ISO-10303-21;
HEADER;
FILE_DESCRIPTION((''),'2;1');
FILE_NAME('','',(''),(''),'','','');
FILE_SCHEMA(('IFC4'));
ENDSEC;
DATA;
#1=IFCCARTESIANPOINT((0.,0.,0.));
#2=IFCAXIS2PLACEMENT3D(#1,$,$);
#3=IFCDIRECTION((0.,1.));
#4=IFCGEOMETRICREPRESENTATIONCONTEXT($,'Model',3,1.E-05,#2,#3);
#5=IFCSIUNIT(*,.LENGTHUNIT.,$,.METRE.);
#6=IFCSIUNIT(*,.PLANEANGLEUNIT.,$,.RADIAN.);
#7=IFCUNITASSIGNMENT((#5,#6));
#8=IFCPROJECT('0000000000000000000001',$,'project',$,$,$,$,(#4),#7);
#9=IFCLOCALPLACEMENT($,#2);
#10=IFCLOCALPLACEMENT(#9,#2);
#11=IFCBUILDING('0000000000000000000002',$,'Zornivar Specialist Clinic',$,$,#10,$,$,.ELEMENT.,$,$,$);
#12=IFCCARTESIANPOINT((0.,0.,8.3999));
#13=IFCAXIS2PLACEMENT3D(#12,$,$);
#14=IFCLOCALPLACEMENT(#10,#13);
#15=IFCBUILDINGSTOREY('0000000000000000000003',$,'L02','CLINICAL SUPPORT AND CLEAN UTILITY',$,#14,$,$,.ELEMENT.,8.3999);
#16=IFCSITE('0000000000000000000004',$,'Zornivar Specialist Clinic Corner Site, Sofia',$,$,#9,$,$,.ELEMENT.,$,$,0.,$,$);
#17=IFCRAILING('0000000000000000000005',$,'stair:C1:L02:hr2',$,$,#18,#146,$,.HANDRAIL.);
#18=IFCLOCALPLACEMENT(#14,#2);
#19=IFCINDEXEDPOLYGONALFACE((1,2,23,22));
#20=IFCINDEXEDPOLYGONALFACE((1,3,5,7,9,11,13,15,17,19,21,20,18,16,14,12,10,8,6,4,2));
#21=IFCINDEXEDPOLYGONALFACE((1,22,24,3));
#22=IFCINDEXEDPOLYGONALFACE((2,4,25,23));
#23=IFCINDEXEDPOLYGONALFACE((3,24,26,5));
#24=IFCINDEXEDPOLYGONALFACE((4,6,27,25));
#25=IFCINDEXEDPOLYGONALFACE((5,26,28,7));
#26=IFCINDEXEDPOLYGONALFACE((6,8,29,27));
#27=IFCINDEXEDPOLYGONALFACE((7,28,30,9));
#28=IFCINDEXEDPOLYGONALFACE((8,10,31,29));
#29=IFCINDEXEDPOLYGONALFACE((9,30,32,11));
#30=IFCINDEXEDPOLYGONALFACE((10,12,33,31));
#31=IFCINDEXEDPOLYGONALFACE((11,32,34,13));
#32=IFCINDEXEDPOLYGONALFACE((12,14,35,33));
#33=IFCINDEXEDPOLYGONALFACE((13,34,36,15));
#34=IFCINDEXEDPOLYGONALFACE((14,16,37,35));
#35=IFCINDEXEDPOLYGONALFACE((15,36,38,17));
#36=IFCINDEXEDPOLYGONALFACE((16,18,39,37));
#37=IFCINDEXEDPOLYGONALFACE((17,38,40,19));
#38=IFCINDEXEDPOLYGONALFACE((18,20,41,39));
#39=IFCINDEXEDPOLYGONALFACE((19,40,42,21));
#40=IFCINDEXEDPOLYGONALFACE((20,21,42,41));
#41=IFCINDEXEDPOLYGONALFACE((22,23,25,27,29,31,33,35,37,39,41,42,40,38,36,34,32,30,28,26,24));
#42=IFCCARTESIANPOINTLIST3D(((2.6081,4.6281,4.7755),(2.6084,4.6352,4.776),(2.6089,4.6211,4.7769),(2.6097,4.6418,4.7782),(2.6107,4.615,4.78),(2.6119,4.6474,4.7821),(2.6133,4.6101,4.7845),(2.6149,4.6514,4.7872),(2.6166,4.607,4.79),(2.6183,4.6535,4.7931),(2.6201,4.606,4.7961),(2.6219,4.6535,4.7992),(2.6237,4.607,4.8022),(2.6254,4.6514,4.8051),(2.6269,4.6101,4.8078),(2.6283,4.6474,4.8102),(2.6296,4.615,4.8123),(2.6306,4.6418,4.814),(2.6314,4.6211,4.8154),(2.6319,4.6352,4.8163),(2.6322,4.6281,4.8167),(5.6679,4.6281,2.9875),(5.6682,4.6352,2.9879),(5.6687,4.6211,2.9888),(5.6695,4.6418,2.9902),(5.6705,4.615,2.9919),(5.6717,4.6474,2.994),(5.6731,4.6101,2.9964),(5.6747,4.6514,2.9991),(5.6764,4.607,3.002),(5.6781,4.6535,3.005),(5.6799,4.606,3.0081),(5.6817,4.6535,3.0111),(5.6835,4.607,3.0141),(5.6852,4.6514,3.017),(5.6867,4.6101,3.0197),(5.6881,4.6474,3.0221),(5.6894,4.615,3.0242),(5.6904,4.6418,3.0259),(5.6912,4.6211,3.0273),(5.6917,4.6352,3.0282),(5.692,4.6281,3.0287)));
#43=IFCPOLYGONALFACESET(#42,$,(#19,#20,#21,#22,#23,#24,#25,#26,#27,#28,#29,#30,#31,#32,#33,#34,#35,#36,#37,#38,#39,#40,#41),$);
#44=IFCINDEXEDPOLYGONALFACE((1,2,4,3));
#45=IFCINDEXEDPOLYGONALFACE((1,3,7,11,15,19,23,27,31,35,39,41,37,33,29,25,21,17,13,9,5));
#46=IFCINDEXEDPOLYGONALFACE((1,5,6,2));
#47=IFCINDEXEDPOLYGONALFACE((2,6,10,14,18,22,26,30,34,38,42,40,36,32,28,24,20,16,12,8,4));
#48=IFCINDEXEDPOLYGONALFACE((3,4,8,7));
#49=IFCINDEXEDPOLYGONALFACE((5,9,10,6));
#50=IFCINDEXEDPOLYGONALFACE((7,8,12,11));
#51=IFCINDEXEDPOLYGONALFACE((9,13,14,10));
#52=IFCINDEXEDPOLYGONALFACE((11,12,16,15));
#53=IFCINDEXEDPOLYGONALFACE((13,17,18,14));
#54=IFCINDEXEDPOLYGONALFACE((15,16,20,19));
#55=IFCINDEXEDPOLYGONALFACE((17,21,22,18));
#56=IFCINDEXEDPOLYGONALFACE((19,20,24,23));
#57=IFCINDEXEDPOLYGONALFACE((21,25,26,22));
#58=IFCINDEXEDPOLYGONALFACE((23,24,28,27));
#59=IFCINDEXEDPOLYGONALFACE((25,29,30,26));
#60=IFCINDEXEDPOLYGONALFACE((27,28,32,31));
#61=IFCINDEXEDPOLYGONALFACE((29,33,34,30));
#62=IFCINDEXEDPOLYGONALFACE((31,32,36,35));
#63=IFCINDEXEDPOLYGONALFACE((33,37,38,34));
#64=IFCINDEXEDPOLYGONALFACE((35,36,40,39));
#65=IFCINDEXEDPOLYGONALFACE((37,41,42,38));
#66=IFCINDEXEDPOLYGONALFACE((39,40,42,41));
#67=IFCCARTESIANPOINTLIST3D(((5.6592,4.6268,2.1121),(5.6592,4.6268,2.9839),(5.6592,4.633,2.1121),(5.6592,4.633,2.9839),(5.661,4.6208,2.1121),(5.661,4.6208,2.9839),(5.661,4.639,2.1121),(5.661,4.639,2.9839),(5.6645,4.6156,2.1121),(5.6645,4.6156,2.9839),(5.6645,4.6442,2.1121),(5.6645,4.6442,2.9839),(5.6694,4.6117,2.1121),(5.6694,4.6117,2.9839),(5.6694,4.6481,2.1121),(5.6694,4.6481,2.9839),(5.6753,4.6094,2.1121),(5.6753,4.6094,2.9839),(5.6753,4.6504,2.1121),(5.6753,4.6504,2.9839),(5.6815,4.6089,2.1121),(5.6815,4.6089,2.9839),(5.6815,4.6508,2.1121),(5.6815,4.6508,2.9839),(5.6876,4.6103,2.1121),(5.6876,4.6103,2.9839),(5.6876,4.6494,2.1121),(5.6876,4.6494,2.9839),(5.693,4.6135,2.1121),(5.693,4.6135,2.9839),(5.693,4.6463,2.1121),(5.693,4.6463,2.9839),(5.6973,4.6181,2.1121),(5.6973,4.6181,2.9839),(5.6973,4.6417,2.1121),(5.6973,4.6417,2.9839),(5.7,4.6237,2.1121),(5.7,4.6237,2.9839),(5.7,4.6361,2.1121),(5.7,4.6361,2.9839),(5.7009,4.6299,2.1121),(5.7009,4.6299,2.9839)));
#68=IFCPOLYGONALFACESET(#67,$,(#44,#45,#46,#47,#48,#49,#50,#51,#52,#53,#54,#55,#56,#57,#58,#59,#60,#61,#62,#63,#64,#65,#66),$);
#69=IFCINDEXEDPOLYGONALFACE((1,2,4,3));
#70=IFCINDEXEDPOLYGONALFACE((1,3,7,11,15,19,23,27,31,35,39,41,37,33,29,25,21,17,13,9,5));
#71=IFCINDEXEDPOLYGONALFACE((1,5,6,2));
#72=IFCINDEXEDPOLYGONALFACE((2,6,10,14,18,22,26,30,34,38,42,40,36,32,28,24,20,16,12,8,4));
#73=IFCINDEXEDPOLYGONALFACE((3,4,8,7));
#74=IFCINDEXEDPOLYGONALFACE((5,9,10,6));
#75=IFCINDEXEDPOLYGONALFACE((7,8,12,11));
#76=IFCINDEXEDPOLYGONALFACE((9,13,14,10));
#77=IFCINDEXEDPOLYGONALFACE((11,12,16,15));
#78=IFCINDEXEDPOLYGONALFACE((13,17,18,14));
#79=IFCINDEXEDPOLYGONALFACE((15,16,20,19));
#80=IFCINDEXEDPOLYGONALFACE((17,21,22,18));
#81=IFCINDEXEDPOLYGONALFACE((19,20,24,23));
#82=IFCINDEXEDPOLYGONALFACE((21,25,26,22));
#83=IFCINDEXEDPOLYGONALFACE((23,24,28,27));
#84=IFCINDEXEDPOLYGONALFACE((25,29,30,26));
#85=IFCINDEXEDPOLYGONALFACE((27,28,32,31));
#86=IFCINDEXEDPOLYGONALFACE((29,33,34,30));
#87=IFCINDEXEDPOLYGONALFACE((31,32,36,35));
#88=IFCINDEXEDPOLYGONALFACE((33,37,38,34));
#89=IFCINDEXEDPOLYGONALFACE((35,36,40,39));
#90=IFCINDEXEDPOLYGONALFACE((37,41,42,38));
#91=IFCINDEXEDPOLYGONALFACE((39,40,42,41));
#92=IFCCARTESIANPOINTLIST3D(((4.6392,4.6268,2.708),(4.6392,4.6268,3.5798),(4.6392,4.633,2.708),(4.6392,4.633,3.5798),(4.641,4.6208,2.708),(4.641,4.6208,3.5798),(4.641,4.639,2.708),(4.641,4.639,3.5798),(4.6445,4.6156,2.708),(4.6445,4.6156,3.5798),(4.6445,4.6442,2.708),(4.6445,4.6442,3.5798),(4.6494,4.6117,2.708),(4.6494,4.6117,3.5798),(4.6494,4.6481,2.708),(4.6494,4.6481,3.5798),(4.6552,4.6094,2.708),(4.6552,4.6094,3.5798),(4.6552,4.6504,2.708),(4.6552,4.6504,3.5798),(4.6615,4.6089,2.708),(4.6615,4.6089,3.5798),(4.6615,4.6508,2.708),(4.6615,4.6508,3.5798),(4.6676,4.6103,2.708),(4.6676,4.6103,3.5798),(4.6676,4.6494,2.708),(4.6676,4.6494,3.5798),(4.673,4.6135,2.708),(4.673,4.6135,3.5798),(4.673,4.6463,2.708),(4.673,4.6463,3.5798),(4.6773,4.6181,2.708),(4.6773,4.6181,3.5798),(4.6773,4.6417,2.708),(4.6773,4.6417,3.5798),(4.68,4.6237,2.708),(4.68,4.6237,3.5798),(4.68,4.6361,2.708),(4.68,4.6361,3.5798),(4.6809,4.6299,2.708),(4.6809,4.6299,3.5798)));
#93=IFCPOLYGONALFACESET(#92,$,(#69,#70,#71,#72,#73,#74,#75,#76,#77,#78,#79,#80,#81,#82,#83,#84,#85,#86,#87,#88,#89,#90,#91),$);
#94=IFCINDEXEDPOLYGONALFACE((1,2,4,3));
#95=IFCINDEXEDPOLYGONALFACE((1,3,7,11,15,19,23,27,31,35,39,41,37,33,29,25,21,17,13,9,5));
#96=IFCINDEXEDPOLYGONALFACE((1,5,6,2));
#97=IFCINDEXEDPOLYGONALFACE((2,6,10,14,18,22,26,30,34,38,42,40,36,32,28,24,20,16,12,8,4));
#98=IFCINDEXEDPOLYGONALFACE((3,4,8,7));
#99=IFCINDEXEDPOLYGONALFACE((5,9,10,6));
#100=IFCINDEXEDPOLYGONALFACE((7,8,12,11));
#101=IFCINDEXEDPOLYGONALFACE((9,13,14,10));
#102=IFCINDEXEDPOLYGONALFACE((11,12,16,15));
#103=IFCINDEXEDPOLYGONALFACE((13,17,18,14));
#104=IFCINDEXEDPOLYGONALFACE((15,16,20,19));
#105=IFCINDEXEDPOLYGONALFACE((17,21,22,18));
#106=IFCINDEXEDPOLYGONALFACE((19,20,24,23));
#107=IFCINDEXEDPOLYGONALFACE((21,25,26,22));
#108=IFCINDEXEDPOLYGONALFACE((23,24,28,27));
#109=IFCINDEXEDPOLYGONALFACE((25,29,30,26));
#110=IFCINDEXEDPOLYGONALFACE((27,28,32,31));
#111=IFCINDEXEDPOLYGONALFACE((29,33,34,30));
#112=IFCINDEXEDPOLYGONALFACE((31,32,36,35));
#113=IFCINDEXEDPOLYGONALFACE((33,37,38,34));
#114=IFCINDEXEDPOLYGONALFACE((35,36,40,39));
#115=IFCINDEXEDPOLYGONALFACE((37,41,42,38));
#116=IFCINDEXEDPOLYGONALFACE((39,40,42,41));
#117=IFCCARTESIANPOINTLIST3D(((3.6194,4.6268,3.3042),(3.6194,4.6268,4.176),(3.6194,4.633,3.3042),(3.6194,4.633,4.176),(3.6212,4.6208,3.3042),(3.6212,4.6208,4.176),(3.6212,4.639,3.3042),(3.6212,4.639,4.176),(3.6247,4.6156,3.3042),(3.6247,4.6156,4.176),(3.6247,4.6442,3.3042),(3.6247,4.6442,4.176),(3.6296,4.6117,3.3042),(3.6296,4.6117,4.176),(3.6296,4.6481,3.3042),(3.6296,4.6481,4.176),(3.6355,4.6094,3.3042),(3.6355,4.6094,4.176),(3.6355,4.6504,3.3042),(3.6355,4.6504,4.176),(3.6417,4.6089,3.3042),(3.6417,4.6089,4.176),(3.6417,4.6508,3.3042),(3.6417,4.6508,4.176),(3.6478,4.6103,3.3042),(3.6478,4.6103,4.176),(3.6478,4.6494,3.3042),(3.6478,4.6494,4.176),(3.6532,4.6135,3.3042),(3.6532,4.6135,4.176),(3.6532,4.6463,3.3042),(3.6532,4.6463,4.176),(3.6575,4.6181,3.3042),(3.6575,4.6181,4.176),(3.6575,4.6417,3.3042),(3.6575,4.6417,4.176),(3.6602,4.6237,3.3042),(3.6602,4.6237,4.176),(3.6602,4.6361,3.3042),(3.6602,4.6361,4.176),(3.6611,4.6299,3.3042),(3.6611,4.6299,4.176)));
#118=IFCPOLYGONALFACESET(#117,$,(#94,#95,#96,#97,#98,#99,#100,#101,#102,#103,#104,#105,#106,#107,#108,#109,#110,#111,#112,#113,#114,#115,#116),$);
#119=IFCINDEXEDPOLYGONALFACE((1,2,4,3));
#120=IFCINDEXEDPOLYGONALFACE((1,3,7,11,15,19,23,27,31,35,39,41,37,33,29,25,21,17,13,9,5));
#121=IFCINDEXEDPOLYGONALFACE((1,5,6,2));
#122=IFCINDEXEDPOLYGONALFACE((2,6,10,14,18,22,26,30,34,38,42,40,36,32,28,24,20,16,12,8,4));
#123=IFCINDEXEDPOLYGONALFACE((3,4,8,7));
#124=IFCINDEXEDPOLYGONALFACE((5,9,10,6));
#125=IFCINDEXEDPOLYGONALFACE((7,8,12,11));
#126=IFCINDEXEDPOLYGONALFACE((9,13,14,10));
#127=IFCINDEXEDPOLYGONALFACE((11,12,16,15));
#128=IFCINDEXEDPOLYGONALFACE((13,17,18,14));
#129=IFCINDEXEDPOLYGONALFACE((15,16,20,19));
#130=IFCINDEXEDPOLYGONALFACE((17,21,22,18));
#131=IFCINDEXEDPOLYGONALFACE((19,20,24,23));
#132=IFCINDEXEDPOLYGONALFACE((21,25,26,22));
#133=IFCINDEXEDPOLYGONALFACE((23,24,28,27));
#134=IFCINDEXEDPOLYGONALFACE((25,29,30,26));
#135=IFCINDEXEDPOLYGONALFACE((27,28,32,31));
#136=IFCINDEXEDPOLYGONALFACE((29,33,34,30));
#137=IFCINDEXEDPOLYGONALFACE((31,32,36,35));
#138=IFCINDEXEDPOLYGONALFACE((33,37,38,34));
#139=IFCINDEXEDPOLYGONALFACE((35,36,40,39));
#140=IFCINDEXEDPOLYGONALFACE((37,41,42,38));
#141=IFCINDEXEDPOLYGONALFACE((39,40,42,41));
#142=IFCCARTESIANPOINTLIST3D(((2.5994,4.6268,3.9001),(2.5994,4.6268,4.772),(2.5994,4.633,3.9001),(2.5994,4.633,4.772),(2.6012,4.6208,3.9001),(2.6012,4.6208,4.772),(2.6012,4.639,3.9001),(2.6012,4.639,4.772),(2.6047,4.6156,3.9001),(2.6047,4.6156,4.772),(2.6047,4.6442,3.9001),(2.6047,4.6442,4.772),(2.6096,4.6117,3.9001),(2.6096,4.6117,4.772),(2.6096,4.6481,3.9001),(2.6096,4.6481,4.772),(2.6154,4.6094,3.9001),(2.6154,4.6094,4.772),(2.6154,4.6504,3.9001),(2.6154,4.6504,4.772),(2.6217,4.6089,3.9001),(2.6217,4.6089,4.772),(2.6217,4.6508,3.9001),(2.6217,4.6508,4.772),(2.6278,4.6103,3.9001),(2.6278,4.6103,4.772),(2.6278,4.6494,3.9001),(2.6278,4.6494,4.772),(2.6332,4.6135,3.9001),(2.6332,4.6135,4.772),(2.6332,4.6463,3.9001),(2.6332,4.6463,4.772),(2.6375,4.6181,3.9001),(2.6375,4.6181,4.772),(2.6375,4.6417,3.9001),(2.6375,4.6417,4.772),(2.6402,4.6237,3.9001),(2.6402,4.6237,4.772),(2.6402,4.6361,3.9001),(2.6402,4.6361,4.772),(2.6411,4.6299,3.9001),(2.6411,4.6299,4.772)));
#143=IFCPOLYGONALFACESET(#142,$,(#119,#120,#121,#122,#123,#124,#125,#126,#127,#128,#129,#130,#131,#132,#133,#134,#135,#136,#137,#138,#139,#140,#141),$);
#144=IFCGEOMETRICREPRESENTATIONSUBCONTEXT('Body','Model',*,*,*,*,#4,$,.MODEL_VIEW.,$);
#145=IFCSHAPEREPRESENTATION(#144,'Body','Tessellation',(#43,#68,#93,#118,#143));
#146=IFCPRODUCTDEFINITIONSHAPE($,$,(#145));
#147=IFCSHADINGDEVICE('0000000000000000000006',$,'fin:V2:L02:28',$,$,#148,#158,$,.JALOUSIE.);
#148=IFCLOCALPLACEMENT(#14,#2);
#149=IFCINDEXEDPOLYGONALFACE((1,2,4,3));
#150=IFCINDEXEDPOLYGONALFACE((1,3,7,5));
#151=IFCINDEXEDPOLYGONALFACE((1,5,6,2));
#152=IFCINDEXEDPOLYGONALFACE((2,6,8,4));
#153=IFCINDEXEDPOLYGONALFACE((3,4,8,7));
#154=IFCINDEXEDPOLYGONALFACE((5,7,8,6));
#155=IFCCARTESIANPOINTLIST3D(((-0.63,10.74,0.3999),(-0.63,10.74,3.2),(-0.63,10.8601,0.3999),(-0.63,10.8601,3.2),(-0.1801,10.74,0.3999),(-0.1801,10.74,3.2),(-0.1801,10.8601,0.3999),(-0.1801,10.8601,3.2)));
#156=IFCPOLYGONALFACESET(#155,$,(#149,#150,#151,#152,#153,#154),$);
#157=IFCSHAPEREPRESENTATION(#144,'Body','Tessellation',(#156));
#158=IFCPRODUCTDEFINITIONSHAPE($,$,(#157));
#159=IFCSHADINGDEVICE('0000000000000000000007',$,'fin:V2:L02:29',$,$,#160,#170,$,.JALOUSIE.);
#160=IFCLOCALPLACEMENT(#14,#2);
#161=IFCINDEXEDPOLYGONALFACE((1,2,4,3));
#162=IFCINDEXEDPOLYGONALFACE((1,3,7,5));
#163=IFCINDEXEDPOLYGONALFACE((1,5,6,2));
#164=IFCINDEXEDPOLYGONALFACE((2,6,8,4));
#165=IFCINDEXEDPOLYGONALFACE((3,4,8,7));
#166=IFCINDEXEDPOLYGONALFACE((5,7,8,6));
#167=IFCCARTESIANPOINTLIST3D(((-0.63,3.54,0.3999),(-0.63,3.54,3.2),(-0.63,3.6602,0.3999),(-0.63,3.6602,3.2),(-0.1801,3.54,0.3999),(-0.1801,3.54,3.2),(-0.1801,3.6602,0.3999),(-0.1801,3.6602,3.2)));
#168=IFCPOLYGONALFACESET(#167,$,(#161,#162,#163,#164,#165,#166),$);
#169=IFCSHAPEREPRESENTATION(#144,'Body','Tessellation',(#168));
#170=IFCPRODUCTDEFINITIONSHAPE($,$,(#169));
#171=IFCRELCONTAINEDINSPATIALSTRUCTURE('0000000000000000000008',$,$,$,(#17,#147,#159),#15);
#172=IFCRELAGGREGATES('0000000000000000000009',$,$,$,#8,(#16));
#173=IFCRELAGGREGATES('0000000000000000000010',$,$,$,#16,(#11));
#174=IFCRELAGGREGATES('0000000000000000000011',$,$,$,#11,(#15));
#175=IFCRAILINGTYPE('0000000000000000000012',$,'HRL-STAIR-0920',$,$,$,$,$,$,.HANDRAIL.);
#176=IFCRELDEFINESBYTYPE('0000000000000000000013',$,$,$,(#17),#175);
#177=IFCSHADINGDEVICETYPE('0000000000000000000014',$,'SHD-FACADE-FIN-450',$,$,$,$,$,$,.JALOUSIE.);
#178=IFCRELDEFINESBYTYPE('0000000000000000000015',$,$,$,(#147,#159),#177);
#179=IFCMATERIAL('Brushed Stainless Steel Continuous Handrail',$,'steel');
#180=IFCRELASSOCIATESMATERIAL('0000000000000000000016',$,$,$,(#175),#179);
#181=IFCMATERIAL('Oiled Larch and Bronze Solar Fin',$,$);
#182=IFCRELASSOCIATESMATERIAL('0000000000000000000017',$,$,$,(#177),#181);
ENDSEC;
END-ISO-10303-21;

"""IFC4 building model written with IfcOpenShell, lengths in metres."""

from ifc_helpers import new_model, si_unit, direction, frame, origin, origin_2d, place, context, subcontext, project, spatial, rectangle, circle, extrude, material, type_object, element, save


model = new_model("IFC4")

# Units and contexts
model_context = context("Model", 3, precision=1e-05, world=origin(), true_north=direction((0.0, 1.0)))
body_context = subcontext(model_context, "Body", "Model", "MODEL_VIEW")
ifc_project = project(units=[si_unit("LENGTHUNIT", "METRE"), si_unit("PLANEANGLEUNIT", "RADIAN")], contexts=[model_context])

# Site, building, storey
site_placement = place(None, origin())
site = spatial("IfcSite", under=ifc_project, at=site_placement, Name="Zornivar Specialist Clinic Corner Site, Sofia", CompositionType="ELEMENT", RefElevation=0.0)
building_placement = place(site_placement, origin())
building = spatial("IfcBuilding", under=site, at=building_placement, Name="Zornivar Specialist Clinic", CompositionType="ELEMENT")
storey_placement = place(building_placement, frame((0.0, 0.0, 8.3999)))
storey = spatial("IfcBuildingStorey", under=building, at=storey_placement, Name="L02", Description="CLINICAL SUPPORT AND CLEAN UTILITY", CompositionType="ELEMENT", Elevation=8.3999)

# Railing
ifc_material_1 = material(Name="Brushed Stainless Steel Continuous Handrail", Category="steel")
railing_type_1 = type_object("IfcRailingType", Name="HRL-STAIR-0920", PredefinedType="HANDRAIL", material=ifc_material_1)
railing_1_placement = place(storey_placement, frame((5.6799, 4.6299, 2.1121)))
element("IfcRailing", 1, at=railing_1_placement, inside=storey, type_object=railing_type_1, Name="stair:C1:L02:hr2", PredefinedType="HANDRAIL", context=body_context, shape_type="SweptSolid", body=[
    extrude(circle(Radius=0.0239, at=origin_2d()), frame((0.0, 0.0, 0.896), z_axis=(-0.863386, 0.0, 0.504543), x_axis=(0.0, -1.0, 0.0)), (0.0, 0.0, 1.0), 3.5439),
    extrude(circle(Radius=0.021, at=origin_2d()), origin(), (0.0, 0.0, 1.0), 0.8718),
    extrude(circle(Radius=0.021, at=origin_2d()), frame((-1.02, 0.0, 0.5959)), (0.0, 0.0, 1.0), 0.8718),
    extrude(circle(Radius=0.021, at=origin_2d()), frame((-2.0398, 0.0, 1.1921)), (0.0, 0.0, 1.0), 0.8718),
    extrude(circle(Radius=0.021, at=origin_2d()), frame((-3.0598, 0.0, 1.7881)), (0.0, 0.0, 1.0), 0.8718),
])

# Shading devices
ifc_material_2 = material(Name="Oiled Larch and Bronze Solar Fin")
shading_device_type = type_object("IfcShadingDeviceType", Name="SHD-FACADE-FIN-450", PredefinedType="JALOUSIE", material=ifc_material_2)
for number, where, z_axis, x_axis, name in (
    (2, (-0.405, 10.8, 0.3999), (0.0, 0.0, 1.0), (0.0, -1.0, 0.0), "fin:V2:L02:28"),
    (3, (-0.405, 3.6001, 0.3999), (0.0, 0.0, 1.0), (0.0, -1.0, 0.0), "fin:V2:L02:29"),
):
    element("IfcShadingDevice", number, at=place(storey_placement, frame(where, z_axis=z_axis, x_axis=x_axis)), inside=storey, type_object=shading_device_type, Name=name, PredefinedType="JALOUSIE", context=body_context, shape_type="SweptSolid", body=[
        extrude(rectangle(XDim=0.1201, YDim=0.45, at=origin_2d()), origin(), (0.0, 0.0, 1.0), 2.8),
    ])

save(model, "model.ifc")
